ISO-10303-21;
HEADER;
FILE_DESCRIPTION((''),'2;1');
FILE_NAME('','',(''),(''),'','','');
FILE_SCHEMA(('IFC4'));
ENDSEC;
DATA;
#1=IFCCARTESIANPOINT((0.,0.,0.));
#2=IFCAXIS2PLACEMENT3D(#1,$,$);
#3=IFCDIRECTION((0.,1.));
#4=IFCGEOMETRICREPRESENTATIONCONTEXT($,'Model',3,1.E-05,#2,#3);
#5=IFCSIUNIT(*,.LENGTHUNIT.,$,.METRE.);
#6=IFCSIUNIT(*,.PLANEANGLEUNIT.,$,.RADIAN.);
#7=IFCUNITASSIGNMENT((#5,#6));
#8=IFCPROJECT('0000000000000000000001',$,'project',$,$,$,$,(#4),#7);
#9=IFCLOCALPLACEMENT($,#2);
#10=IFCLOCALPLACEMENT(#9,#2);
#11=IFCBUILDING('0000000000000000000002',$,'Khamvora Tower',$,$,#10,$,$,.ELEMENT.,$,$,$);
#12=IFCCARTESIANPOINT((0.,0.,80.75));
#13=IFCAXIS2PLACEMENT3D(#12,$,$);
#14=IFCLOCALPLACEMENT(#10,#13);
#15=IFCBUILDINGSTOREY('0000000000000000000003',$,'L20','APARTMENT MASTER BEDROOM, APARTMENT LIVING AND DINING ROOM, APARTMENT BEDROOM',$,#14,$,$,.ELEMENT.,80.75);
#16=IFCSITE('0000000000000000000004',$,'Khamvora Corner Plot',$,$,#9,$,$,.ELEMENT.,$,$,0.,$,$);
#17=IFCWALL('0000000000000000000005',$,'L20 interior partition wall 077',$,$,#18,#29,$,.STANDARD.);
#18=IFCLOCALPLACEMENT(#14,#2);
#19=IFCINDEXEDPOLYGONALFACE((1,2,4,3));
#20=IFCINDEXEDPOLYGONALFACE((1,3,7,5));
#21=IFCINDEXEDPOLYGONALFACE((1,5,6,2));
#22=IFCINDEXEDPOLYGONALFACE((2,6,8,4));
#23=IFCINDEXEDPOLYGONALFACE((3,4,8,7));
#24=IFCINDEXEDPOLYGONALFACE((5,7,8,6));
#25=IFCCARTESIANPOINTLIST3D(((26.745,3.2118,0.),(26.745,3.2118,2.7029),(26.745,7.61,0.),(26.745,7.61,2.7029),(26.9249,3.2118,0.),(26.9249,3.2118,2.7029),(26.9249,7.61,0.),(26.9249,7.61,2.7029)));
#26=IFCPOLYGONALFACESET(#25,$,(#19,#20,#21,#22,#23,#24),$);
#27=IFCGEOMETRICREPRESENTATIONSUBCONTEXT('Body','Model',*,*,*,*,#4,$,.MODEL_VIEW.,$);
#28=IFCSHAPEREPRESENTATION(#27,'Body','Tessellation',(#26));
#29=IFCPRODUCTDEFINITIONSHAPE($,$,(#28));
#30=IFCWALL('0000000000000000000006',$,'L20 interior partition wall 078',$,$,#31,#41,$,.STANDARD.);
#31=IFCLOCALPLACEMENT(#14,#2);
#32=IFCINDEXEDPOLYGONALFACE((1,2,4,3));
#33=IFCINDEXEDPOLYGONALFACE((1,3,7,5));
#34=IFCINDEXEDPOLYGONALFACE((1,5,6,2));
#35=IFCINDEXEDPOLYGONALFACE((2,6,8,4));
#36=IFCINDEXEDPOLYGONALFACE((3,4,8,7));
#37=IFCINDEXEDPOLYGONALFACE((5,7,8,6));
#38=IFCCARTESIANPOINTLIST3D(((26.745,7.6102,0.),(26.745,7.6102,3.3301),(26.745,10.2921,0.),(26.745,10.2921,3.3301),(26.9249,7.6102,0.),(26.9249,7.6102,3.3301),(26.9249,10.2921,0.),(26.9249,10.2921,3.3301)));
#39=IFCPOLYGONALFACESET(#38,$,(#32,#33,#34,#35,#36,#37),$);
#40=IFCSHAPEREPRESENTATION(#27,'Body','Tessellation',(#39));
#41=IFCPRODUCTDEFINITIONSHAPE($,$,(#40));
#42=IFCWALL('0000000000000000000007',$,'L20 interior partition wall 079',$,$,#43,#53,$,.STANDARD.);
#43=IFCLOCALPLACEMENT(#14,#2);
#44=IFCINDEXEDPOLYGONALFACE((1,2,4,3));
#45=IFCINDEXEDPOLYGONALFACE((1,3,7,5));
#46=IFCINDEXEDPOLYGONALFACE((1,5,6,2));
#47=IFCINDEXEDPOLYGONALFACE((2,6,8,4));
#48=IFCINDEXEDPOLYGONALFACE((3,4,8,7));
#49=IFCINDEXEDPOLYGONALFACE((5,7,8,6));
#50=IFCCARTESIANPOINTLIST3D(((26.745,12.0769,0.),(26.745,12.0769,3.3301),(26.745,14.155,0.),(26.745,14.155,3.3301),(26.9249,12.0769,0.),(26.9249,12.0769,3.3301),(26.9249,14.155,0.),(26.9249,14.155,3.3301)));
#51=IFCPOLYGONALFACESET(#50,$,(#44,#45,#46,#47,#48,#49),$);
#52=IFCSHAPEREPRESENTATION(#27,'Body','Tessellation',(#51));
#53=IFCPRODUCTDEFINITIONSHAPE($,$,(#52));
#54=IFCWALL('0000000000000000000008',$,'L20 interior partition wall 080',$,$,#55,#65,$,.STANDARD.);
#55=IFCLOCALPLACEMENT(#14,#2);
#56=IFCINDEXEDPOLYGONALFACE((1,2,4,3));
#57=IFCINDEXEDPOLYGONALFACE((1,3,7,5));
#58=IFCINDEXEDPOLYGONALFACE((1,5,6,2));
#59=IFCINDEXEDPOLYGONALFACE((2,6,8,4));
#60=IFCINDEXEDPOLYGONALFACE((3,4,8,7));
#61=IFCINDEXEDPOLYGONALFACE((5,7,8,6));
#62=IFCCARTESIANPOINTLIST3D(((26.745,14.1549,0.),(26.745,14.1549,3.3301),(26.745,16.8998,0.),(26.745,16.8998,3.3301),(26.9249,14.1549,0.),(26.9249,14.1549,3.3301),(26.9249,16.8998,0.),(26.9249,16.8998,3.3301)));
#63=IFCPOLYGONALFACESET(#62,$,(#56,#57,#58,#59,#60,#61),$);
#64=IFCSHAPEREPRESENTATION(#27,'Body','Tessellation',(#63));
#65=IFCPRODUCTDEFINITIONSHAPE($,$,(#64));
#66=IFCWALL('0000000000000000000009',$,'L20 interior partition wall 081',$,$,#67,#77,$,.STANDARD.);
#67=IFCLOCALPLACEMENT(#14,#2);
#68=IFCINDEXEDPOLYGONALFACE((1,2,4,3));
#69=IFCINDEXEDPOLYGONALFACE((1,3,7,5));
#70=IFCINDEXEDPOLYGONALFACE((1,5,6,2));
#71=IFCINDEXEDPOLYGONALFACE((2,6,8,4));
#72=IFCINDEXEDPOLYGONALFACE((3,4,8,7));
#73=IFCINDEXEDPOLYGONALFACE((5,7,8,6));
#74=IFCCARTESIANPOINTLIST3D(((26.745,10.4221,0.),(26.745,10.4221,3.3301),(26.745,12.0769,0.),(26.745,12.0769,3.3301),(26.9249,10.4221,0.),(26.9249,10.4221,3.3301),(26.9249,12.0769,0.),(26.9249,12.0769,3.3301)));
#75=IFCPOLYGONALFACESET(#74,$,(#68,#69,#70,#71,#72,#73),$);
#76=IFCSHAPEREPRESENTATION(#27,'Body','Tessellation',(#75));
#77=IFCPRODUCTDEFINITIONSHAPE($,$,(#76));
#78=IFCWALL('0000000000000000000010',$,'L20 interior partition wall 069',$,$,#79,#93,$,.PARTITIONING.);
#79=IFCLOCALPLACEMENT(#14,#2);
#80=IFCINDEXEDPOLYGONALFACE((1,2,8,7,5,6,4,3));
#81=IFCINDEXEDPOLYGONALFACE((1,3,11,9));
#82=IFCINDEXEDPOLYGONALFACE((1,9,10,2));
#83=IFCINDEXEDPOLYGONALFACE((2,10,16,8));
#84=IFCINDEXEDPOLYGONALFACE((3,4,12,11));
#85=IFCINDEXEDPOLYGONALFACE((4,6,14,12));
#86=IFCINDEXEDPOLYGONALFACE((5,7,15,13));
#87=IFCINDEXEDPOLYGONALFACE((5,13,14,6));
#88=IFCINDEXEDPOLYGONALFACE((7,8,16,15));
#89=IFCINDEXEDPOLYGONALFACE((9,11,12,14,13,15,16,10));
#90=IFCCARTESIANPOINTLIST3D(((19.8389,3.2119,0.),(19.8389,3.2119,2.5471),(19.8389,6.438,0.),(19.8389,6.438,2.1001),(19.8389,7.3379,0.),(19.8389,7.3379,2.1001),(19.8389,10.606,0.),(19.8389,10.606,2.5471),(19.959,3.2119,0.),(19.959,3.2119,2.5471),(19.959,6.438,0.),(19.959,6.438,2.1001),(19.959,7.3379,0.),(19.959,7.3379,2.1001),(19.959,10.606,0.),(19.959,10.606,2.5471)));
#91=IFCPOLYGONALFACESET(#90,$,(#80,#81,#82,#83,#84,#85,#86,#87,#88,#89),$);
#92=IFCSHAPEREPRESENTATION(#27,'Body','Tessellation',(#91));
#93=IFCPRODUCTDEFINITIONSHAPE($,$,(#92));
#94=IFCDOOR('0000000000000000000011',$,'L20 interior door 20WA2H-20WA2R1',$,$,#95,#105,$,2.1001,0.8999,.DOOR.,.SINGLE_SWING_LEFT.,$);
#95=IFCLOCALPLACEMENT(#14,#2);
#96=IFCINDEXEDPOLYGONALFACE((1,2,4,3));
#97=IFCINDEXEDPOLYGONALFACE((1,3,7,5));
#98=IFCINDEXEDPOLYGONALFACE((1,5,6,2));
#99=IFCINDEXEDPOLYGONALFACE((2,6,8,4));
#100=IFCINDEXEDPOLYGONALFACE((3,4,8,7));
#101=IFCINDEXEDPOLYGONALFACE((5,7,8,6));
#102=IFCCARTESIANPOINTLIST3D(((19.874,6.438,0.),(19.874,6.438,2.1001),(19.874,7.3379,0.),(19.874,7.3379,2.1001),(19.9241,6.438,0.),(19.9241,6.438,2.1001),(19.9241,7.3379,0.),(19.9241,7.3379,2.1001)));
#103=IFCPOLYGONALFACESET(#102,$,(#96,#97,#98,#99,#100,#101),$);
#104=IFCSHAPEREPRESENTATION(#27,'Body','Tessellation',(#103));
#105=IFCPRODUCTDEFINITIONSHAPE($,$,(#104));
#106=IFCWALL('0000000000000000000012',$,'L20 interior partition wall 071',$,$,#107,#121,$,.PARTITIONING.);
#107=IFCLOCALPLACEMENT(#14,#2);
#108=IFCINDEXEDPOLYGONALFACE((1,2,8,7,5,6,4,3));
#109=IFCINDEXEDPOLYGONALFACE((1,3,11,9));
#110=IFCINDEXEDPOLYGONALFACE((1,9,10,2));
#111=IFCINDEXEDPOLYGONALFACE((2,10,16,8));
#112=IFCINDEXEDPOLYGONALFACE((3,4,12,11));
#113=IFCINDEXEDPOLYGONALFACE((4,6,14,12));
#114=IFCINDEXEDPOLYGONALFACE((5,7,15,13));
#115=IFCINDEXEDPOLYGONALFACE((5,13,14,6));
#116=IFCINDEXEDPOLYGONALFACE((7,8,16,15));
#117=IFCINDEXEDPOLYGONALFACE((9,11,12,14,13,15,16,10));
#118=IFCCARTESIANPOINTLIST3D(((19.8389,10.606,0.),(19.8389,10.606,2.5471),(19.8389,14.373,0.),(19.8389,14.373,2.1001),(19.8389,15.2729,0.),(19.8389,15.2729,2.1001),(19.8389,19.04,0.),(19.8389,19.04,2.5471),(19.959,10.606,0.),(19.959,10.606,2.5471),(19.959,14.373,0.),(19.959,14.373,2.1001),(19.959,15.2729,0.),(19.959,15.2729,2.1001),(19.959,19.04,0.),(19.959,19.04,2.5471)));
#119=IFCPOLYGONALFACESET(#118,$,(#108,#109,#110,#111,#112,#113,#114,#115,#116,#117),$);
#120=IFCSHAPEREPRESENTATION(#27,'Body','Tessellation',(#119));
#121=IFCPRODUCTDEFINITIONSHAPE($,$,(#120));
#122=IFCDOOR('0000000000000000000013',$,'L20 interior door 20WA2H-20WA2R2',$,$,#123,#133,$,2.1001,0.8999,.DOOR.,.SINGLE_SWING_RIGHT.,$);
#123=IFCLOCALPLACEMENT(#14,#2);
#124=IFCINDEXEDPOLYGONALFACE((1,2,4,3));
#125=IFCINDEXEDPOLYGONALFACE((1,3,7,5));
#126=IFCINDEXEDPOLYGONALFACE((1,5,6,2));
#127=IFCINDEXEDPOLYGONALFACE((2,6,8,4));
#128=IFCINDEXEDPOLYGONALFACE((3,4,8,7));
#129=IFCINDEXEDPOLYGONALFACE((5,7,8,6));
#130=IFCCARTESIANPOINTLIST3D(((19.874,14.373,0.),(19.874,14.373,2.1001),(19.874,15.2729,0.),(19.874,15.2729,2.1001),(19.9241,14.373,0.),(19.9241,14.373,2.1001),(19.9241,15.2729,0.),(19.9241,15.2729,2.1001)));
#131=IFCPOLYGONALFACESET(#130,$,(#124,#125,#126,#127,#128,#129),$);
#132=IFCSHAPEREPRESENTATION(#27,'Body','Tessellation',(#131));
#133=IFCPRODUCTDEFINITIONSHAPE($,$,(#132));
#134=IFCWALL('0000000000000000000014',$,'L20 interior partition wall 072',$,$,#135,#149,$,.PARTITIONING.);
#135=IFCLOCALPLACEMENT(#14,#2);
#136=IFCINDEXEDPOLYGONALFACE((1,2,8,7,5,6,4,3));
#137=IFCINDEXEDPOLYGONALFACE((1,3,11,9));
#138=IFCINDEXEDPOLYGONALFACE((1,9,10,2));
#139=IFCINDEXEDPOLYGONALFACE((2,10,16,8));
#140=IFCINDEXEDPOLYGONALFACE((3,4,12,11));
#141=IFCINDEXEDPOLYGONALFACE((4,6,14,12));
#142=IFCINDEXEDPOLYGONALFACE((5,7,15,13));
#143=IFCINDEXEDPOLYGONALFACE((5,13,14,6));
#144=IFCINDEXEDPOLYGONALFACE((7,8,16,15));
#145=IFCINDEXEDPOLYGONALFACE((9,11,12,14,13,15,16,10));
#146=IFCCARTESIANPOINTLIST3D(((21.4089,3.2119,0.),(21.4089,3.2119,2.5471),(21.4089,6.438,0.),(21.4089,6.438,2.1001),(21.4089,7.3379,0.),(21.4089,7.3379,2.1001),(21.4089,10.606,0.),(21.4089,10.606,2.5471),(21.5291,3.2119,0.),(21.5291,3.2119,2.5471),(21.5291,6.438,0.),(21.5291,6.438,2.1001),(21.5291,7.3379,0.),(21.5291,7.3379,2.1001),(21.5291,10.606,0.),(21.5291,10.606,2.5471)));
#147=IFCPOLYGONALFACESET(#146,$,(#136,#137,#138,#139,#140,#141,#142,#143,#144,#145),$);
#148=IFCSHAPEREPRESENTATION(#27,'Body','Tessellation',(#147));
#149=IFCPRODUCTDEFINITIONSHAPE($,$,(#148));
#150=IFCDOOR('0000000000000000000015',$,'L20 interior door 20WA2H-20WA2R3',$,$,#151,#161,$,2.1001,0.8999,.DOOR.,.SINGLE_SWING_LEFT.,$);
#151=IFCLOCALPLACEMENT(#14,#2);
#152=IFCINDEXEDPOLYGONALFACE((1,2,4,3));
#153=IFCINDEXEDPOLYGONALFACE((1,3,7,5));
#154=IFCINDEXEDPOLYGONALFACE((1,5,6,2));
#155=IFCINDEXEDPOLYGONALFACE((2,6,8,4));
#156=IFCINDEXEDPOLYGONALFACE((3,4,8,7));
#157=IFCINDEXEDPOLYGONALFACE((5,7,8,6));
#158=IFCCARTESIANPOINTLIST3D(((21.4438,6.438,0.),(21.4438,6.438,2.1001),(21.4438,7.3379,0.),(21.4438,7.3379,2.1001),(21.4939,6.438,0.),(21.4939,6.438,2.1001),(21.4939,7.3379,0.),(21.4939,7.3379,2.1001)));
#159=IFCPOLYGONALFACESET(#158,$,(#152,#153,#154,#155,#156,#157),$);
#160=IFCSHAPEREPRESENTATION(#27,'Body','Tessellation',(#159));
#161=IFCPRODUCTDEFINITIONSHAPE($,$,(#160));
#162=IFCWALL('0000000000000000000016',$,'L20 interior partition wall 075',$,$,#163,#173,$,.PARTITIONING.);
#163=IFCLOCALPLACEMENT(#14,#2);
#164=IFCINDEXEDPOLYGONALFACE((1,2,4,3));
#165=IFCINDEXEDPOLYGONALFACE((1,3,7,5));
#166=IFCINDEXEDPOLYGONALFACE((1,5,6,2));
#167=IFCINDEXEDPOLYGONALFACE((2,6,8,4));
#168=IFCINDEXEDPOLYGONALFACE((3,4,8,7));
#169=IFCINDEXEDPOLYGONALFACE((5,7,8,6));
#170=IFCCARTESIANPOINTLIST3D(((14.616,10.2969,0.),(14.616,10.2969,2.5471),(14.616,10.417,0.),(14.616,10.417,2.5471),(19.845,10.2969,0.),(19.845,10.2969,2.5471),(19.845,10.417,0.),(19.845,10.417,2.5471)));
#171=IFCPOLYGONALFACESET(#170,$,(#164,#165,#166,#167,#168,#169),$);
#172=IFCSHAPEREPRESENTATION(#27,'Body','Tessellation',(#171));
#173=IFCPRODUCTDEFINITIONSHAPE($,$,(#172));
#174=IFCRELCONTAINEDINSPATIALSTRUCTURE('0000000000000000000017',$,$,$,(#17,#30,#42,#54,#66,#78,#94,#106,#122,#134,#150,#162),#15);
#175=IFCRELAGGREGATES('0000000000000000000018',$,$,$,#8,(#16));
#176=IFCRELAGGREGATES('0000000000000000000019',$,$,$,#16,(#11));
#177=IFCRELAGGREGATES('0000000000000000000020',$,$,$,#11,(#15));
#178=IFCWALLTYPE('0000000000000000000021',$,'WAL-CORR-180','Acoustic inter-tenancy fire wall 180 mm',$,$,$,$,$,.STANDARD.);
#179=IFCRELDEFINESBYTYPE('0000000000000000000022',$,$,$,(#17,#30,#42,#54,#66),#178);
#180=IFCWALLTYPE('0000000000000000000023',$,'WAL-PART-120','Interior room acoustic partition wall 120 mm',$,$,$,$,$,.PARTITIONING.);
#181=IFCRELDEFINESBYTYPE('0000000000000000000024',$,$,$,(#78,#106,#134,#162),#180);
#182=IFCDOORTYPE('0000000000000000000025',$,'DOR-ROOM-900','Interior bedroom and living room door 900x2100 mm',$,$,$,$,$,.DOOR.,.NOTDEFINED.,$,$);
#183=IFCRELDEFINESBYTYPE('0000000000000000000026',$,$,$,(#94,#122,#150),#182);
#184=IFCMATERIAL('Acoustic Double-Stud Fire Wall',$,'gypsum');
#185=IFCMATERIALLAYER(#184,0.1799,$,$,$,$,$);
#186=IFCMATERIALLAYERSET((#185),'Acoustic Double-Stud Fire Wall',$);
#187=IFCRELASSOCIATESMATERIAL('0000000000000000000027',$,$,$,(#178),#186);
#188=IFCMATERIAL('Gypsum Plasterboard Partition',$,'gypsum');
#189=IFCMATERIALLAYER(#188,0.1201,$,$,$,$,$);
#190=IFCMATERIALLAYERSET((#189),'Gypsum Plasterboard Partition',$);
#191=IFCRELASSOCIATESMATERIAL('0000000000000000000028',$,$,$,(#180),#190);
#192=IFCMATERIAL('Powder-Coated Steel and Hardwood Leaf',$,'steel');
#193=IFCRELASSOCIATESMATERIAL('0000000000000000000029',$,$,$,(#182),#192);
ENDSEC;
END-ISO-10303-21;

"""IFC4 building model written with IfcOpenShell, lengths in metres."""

from ifc_helpers import new_model, si_unit, direction, frame, frame_2d, origin, place, context, subcontext, project, spatial, rectangle, extrude, material, layer, layer_set, type_object, element, fill, save


model = new_model("IFC4")

# Units and contexts
model_context = context("Model", 3, precision=1e-05, world=origin(), true_north=direction((0.0, 1.0)))
body_context = subcontext(model_context, "Body", "Model", "MODEL_VIEW")
ifc_project = project(units=[si_unit("LENGTHUNIT", "METRE"), si_unit("PLANEANGLEUNIT", "RADIAN")], contexts=[model_context])

# Site, building, storey
site_placement = place(None, origin())
site = spatial("IfcSite", under=ifc_project, at=site_placement, Name="Khamvora Corner Plot", CompositionType="ELEMENT", RefElevation=0.0)
building_placement = place(site_placement, origin())
building = spatial("IfcBuilding", under=site, at=building_placement, Name="Khamvora Tower", CompositionType="ELEMENT")
storey_placement = place(building_placement, frame((0.0, 0.0, 80.75)))
storey = spatial("IfcBuildingStorey", under=building, at=storey_placement, Name="L20", Description="APARTMENT MASTER BEDROOM, APARTMENT LIVING AND DINING ROOM, APARTMENT BEDROOM", CompositionType="ELEMENT", Elevation=80.75)

# Walls
ifc_material_1 = material(Name="Acoustic Double-Stud Fire Wall", Category="gypsum")
ifc_layer_1 = layer(ifc_material_1, 0.1799)
ifc_layer_set_1 = layer_set([ifc_layer_1], Name="Acoustic Double-Stud Fire Wall")
wall_type_1 = type_object("IfcWallType", Name="WAL-CORR-180", Description="Acoustic inter-tenancy fire wall 180 mm", PredefinedType="STANDARD", material=ifc_layer_set_1)
wall_1_placement = place(storey_placement, frame((26.835, 7.6101, 0.0), z_axis=(0.0, 0.0, 1.0), x_axis=(0.0, -1.0, 0.0)))
element("IfcWall", 1, at=wall_1_placement, inside=storey, type_object=wall_type_1, Name="L20 interior partition wall 077", PredefinedType="STANDARD", context=body_context, shape_type="SweptSolid", body=[
    extrude(rectangle(XDim=4.3982, YDim=0.1799, at=frame_2d((2.1992, 0.0))), origin(), (0.0, 0.0, 1.0), 2.7029),
])
wall_2_placement = place(storey_placement, frame((26.835, 10.292, 0.0), z_axis=(0.0, 0.0, 1.0), x_axis=(0.0, -1.0, 0.0)))
element("IfcWall", 2, at=wall_2_placement, inside=storey, type_object=wall_type_1, Name="L20 interior partition wall 078", PredefinedType="STANDARD", context=body_context, shape_type="SweptSolid", body=[
    extrude(rectangle(XDim=2.6819, YDim=0.1799, at=frame_2d((1.3408, 0.0))), origin(), (0.0, 0.0, 1.0), 3.3301),
])
wall_3_placement = place(storey_placement, frame((26.835, 14.155, 0.0), z_axis=(0.0, 0.0, 1.0), x_axis=(0.0, -1.0, 0.0)))
element("IfcWall", 3, at=wall_3_placement, inside=storey, type_object=wall_type_1, Name="L20 interior partition wall 079", PredefinedType="STANDARD", context=body_context, shape_type="SweptSolid", body=[
    extrude(rectangle(XDim=2.0781, YDim=0.1799, at=frame_2d((1.0391, 0.0))), origin(), (0.0, 0.0, 1.0), 3.3301),
])
wall_4_placement = place(storey_placement, frame((26.835, 16.8999, 0.0), z_axis=(0.0, 0.0, 1.0), x_axis=(0.0, -1.0, 0.0)))
element("IfcWall", 4, at=wall_4_placement, inside=storey, type_object=wall_type_1, Name="L20 interior partition wall 080", PredefinedType="STANDARD", context=body_context, shape_type="SweptSolid", body=[
    extrude(rectangle(XDim=2.7449, YDim=0.1799, at=frame_2d((1.3726, 0.0))), origin(), (0.0, 0.0, 1.0), 3.3301),
])
wall_5_placement = place(storey_placement, frame((26.835, 12.0769, 0.0), z_axis=(0.0, 0.0, 1.0), x_axis=(0.0, -1.0, 0.0)))
element("IfcWall", 5, at=wall_5_placement, inside=storey, type_object=wall_type_1, Name="L20 interior partition wall 081", PredefinedType="STANDARD", context=body_context, shape_type="SweptSolid", body=[
    extrude(rectangle(XDim=1.6548, YDim=0.1799, at=frame_2d((0.8274, 0.0))), origin(), (0.0, 0.0, 1.0), 3.3301),
])

# Walls, openings, doors
ifc_material_2 = material(Name="Gypsum Plasterboard Partition", Category="gypsum")
ifc_layer_2 = layer(ifc_material_2, 0.1201)
ifc_layer_set_2 = layer_set([ifc_layer_2], Name="Gypsum Plasterboard Partition")
wall_type_2 = type_object("IfcWallType", Name="WAL-PART-120", Description="Interior room acoustic partition wall 120 mm", PredefinedType="PARTITIONING", material=ifc_layer_set_2)
wall_6_placement = place(storey_placement, frame((19.8989, 3.2119, 0.0), z_axis=(0.0, 0.0, 1.0), x_axis=(0.0, 1.0, 0.0)))
wall_6 = element("IfcWall", 6, at=wall_6_placement, inside=storey, type_object=wall_type_2, Name="L20 interior partition wall 069", PredefinedType="PARTITIONING", context=body_context, shape_type="SweptSolid", body=[
    extrude(rectangle(XDim=7.394, YDim=0.1201, at=frame_2d((3.697, 0.0))), origin(), (0.0, 0.0, 1.0), 2.5471),
])
opening_1_placement = place(wall_6_placement, frame((3.2261, 0.0, 0.0)))
opening_1 = element("IfcOpeningElement", 7, at=opening_1_placement, cuts=wall_6, PredefinedType="OPENING", context=body_context, shape_type="SweptSolid", body=[
    extrude(rectangle(XDim=0.8999, YDim=2.1001, at=frame_2d((0.45, 1.05))), frame((0.0, 0.0701, 0.0), z_axis=(0.0, -1.0, 0.0), x_axis=(1.0, 0.0, 0.0)), (0.0, 0.0, 1.0), 0.1401),
])
ifc_material_3 = material(Name="Powder-Coated Steel and Hardwood Leaf", Category="steel")
door_type = type_object("IfcDoorType", Name="DOR-ROOM-900", Description="Interior bedroom and living room door 900x2100 mm", OperationType="NOTDEFINED", PredefinedType="DOOR", material=ifc_material_3)
door_1_placement = place(opening_1_placement, origin())
door_1 = element("IfcDoor", 8, at=door_1_placement, inside=storey, type_object=door_type, Name="L20 interior door 20WA2H-20WA2R1", OperationType="SINGLE_SWING_LEFT", OverallHeight=2.1001, OverallWidth=0.8999, PredefinedType="DOOR", context=body_context, shape_type="SweptSolid", body=[
    extrude(rectangle(XDim=0.8999, YDim=2.1001, at=frame_2d((0.45, 1.05))), frame((0.0, 0.0249, 0.0), z_axis=(0.0, -1.0, 0.0), x_axis=(1.0, 0.0, 0.0)), (0.0, 0.0, 1.0), 0.05),
])
fill(opening_1, door_1)
wall_7_placement = place(storey_placement, frame((19.8989, 10.606, 0.0), z_axis=(0.0, 0.0, 1.0), x_axis=(0.0, 1.0, 0.0)))
wall_7 = element("IfcWall", 9, at=wall_7_placement, inside=storey, type_object=wall_type_2, Name="L20 interior partition wall 071", PredefinedType="PARTITIONING", context=body_context, shape_type="SweptSolid", body=[
    extrude(rectangle(XDim=8.4341, YDim=0.1201, at=frame_2d((4.217, 0.0))), origin(), (0.0, 0.0, 1.0), 2.5471),
])
opening_2_placement = place(wall_7_placement, frame((3.7671, 0.0, 0.0)))
opening_2 = element("IfcOpeningElement", 10, at=opening_2_placement, cuts=wall_7, PredefinedType="OPENING", context=body_context, shape_type="SweptSolid", body=[
    extrude(rectangle(XDim=0.8999, YDim=2.1001, at=frame_2d((0.45, 1.05))), frame((0.0, 0.0701, 0.0), z_axis=(0.0, -1.0, 0.0), x_axis=(1.0, 0.0, 0.0)), (0.0, 0.0, 1.0), 0.1401),
])
door_2_placement = place(opening_2_placement, origin())
door_2 = element("IfcDoor", 11, at=door_2_placement, inside=storey, type_object=door_type, Name="L20 interior door 20WA2H-20WA2R2", OperationType="SINGLE_SWING_RIGHT", OverallHeight=2.1001, OverallWidth=0.8999, PredefinedType="DOOR", context=body_context, shape_type="SweptSolid", body=[
    extrude(rectangle(XDim=0.8999, YDim=2.1001, at=frame_2d((0.45, 1.05))), frame((0.0, 0.0249, 0.0), z_axis=(0.0, -1.0, 0.0), x_axis=(1.0, 0.0, 0.0)), (0.0, 0.0, 1.0), 0.05),
])
fill(opening_2, door_2)
wall_8_placement = place(storey_placement, frame((21.469, 10.606, 0.0), z_axis=(0.0, 0.0, 1.0), x_axis=(0.0, -1.0, 0.0)))
wall_8 = element("IfcWall", 12, at=wall_8_placement, inside=storey, type_object=wall_type_2, Name="L20 interior partition wall 072", PredefinedType="PARTITIONING", context=body_context, shape_type="SweptSolid", body=[
    extrude(rectangle(XDim=7.394, YDim=0.1201, at=frame_2d((3.697, 0.0))), origin(), (0.0, 0.0, 1.0), 2.5471),
])
opening_3_placement = place(wall_8_placement, frame((3.2681, 0.0, 0.0)))
opening_3 = element("IfcOpeningElement", 13, at=opening_3_placement, cuts=wall_8, PredefinedType="OPENING", context=body_context, shape_type="SweptSolid", body=[
    extrude(rectangle(XDim=0.8999, YDim=2.1001, at=frame_2d((0.45, 1.05))), frame((0.0, 0.0701, 0.0), z_axis=(0.0, -1.0, 0.0), x_axis=(1.0, 0.0, 0.0)), (0.0, 0.0, 1.0), 0.1401),
])
door_3_placement = place(opening_3_placement, origin())
door_3 = element("IfcDoor", 14, at=door_3_placement, inside=storey, type_object=door_type, Name="L20 interior door 20WA2H-20WA2R3", OperationType="SINGLE_SWING_LEFT", OverallHeight=2.1001, OverallWidth=0.8999, PredefinedType="DOOR", context=body_context, shape_type="SweptSolid", body=[
    extrude(rectangle(XDim=0.8999, YDim=2.1001, at=frame_2d((0.45, 1.05))), frame((0.0, 0.0249, 0.0), z_axis=(0.0, -1.0, 0.0), x_axis=(1.0, 0.0, 0.0)), (0.0, 0.0, 1.0), 0.05),
])
fill(opening_3, door_3)

# Wall
wall_9_placement = place(storey_placement, frame((14.616, 10.3569, 0.0), z_axis=(0.0, 0.0, 1.0), x_axis=(1.0, 0.0, 0.0)))
element("IfcWall", 15, at=wall_9_placement, inside=storey, type_object=wall_type_2, Name="L20 interior partition wall 075", PredefinedType="PARTITIONING", context=body_context, shape_type="SweptSolid", body=[
    extrude(rectangle(XDim=5.229, YDim=0.1201, at=frame_2d((2.6145, 0.0))), origin(), (0.0, 0.0, 1.0), 2.5471),
])

save(model, "model.ifc")
